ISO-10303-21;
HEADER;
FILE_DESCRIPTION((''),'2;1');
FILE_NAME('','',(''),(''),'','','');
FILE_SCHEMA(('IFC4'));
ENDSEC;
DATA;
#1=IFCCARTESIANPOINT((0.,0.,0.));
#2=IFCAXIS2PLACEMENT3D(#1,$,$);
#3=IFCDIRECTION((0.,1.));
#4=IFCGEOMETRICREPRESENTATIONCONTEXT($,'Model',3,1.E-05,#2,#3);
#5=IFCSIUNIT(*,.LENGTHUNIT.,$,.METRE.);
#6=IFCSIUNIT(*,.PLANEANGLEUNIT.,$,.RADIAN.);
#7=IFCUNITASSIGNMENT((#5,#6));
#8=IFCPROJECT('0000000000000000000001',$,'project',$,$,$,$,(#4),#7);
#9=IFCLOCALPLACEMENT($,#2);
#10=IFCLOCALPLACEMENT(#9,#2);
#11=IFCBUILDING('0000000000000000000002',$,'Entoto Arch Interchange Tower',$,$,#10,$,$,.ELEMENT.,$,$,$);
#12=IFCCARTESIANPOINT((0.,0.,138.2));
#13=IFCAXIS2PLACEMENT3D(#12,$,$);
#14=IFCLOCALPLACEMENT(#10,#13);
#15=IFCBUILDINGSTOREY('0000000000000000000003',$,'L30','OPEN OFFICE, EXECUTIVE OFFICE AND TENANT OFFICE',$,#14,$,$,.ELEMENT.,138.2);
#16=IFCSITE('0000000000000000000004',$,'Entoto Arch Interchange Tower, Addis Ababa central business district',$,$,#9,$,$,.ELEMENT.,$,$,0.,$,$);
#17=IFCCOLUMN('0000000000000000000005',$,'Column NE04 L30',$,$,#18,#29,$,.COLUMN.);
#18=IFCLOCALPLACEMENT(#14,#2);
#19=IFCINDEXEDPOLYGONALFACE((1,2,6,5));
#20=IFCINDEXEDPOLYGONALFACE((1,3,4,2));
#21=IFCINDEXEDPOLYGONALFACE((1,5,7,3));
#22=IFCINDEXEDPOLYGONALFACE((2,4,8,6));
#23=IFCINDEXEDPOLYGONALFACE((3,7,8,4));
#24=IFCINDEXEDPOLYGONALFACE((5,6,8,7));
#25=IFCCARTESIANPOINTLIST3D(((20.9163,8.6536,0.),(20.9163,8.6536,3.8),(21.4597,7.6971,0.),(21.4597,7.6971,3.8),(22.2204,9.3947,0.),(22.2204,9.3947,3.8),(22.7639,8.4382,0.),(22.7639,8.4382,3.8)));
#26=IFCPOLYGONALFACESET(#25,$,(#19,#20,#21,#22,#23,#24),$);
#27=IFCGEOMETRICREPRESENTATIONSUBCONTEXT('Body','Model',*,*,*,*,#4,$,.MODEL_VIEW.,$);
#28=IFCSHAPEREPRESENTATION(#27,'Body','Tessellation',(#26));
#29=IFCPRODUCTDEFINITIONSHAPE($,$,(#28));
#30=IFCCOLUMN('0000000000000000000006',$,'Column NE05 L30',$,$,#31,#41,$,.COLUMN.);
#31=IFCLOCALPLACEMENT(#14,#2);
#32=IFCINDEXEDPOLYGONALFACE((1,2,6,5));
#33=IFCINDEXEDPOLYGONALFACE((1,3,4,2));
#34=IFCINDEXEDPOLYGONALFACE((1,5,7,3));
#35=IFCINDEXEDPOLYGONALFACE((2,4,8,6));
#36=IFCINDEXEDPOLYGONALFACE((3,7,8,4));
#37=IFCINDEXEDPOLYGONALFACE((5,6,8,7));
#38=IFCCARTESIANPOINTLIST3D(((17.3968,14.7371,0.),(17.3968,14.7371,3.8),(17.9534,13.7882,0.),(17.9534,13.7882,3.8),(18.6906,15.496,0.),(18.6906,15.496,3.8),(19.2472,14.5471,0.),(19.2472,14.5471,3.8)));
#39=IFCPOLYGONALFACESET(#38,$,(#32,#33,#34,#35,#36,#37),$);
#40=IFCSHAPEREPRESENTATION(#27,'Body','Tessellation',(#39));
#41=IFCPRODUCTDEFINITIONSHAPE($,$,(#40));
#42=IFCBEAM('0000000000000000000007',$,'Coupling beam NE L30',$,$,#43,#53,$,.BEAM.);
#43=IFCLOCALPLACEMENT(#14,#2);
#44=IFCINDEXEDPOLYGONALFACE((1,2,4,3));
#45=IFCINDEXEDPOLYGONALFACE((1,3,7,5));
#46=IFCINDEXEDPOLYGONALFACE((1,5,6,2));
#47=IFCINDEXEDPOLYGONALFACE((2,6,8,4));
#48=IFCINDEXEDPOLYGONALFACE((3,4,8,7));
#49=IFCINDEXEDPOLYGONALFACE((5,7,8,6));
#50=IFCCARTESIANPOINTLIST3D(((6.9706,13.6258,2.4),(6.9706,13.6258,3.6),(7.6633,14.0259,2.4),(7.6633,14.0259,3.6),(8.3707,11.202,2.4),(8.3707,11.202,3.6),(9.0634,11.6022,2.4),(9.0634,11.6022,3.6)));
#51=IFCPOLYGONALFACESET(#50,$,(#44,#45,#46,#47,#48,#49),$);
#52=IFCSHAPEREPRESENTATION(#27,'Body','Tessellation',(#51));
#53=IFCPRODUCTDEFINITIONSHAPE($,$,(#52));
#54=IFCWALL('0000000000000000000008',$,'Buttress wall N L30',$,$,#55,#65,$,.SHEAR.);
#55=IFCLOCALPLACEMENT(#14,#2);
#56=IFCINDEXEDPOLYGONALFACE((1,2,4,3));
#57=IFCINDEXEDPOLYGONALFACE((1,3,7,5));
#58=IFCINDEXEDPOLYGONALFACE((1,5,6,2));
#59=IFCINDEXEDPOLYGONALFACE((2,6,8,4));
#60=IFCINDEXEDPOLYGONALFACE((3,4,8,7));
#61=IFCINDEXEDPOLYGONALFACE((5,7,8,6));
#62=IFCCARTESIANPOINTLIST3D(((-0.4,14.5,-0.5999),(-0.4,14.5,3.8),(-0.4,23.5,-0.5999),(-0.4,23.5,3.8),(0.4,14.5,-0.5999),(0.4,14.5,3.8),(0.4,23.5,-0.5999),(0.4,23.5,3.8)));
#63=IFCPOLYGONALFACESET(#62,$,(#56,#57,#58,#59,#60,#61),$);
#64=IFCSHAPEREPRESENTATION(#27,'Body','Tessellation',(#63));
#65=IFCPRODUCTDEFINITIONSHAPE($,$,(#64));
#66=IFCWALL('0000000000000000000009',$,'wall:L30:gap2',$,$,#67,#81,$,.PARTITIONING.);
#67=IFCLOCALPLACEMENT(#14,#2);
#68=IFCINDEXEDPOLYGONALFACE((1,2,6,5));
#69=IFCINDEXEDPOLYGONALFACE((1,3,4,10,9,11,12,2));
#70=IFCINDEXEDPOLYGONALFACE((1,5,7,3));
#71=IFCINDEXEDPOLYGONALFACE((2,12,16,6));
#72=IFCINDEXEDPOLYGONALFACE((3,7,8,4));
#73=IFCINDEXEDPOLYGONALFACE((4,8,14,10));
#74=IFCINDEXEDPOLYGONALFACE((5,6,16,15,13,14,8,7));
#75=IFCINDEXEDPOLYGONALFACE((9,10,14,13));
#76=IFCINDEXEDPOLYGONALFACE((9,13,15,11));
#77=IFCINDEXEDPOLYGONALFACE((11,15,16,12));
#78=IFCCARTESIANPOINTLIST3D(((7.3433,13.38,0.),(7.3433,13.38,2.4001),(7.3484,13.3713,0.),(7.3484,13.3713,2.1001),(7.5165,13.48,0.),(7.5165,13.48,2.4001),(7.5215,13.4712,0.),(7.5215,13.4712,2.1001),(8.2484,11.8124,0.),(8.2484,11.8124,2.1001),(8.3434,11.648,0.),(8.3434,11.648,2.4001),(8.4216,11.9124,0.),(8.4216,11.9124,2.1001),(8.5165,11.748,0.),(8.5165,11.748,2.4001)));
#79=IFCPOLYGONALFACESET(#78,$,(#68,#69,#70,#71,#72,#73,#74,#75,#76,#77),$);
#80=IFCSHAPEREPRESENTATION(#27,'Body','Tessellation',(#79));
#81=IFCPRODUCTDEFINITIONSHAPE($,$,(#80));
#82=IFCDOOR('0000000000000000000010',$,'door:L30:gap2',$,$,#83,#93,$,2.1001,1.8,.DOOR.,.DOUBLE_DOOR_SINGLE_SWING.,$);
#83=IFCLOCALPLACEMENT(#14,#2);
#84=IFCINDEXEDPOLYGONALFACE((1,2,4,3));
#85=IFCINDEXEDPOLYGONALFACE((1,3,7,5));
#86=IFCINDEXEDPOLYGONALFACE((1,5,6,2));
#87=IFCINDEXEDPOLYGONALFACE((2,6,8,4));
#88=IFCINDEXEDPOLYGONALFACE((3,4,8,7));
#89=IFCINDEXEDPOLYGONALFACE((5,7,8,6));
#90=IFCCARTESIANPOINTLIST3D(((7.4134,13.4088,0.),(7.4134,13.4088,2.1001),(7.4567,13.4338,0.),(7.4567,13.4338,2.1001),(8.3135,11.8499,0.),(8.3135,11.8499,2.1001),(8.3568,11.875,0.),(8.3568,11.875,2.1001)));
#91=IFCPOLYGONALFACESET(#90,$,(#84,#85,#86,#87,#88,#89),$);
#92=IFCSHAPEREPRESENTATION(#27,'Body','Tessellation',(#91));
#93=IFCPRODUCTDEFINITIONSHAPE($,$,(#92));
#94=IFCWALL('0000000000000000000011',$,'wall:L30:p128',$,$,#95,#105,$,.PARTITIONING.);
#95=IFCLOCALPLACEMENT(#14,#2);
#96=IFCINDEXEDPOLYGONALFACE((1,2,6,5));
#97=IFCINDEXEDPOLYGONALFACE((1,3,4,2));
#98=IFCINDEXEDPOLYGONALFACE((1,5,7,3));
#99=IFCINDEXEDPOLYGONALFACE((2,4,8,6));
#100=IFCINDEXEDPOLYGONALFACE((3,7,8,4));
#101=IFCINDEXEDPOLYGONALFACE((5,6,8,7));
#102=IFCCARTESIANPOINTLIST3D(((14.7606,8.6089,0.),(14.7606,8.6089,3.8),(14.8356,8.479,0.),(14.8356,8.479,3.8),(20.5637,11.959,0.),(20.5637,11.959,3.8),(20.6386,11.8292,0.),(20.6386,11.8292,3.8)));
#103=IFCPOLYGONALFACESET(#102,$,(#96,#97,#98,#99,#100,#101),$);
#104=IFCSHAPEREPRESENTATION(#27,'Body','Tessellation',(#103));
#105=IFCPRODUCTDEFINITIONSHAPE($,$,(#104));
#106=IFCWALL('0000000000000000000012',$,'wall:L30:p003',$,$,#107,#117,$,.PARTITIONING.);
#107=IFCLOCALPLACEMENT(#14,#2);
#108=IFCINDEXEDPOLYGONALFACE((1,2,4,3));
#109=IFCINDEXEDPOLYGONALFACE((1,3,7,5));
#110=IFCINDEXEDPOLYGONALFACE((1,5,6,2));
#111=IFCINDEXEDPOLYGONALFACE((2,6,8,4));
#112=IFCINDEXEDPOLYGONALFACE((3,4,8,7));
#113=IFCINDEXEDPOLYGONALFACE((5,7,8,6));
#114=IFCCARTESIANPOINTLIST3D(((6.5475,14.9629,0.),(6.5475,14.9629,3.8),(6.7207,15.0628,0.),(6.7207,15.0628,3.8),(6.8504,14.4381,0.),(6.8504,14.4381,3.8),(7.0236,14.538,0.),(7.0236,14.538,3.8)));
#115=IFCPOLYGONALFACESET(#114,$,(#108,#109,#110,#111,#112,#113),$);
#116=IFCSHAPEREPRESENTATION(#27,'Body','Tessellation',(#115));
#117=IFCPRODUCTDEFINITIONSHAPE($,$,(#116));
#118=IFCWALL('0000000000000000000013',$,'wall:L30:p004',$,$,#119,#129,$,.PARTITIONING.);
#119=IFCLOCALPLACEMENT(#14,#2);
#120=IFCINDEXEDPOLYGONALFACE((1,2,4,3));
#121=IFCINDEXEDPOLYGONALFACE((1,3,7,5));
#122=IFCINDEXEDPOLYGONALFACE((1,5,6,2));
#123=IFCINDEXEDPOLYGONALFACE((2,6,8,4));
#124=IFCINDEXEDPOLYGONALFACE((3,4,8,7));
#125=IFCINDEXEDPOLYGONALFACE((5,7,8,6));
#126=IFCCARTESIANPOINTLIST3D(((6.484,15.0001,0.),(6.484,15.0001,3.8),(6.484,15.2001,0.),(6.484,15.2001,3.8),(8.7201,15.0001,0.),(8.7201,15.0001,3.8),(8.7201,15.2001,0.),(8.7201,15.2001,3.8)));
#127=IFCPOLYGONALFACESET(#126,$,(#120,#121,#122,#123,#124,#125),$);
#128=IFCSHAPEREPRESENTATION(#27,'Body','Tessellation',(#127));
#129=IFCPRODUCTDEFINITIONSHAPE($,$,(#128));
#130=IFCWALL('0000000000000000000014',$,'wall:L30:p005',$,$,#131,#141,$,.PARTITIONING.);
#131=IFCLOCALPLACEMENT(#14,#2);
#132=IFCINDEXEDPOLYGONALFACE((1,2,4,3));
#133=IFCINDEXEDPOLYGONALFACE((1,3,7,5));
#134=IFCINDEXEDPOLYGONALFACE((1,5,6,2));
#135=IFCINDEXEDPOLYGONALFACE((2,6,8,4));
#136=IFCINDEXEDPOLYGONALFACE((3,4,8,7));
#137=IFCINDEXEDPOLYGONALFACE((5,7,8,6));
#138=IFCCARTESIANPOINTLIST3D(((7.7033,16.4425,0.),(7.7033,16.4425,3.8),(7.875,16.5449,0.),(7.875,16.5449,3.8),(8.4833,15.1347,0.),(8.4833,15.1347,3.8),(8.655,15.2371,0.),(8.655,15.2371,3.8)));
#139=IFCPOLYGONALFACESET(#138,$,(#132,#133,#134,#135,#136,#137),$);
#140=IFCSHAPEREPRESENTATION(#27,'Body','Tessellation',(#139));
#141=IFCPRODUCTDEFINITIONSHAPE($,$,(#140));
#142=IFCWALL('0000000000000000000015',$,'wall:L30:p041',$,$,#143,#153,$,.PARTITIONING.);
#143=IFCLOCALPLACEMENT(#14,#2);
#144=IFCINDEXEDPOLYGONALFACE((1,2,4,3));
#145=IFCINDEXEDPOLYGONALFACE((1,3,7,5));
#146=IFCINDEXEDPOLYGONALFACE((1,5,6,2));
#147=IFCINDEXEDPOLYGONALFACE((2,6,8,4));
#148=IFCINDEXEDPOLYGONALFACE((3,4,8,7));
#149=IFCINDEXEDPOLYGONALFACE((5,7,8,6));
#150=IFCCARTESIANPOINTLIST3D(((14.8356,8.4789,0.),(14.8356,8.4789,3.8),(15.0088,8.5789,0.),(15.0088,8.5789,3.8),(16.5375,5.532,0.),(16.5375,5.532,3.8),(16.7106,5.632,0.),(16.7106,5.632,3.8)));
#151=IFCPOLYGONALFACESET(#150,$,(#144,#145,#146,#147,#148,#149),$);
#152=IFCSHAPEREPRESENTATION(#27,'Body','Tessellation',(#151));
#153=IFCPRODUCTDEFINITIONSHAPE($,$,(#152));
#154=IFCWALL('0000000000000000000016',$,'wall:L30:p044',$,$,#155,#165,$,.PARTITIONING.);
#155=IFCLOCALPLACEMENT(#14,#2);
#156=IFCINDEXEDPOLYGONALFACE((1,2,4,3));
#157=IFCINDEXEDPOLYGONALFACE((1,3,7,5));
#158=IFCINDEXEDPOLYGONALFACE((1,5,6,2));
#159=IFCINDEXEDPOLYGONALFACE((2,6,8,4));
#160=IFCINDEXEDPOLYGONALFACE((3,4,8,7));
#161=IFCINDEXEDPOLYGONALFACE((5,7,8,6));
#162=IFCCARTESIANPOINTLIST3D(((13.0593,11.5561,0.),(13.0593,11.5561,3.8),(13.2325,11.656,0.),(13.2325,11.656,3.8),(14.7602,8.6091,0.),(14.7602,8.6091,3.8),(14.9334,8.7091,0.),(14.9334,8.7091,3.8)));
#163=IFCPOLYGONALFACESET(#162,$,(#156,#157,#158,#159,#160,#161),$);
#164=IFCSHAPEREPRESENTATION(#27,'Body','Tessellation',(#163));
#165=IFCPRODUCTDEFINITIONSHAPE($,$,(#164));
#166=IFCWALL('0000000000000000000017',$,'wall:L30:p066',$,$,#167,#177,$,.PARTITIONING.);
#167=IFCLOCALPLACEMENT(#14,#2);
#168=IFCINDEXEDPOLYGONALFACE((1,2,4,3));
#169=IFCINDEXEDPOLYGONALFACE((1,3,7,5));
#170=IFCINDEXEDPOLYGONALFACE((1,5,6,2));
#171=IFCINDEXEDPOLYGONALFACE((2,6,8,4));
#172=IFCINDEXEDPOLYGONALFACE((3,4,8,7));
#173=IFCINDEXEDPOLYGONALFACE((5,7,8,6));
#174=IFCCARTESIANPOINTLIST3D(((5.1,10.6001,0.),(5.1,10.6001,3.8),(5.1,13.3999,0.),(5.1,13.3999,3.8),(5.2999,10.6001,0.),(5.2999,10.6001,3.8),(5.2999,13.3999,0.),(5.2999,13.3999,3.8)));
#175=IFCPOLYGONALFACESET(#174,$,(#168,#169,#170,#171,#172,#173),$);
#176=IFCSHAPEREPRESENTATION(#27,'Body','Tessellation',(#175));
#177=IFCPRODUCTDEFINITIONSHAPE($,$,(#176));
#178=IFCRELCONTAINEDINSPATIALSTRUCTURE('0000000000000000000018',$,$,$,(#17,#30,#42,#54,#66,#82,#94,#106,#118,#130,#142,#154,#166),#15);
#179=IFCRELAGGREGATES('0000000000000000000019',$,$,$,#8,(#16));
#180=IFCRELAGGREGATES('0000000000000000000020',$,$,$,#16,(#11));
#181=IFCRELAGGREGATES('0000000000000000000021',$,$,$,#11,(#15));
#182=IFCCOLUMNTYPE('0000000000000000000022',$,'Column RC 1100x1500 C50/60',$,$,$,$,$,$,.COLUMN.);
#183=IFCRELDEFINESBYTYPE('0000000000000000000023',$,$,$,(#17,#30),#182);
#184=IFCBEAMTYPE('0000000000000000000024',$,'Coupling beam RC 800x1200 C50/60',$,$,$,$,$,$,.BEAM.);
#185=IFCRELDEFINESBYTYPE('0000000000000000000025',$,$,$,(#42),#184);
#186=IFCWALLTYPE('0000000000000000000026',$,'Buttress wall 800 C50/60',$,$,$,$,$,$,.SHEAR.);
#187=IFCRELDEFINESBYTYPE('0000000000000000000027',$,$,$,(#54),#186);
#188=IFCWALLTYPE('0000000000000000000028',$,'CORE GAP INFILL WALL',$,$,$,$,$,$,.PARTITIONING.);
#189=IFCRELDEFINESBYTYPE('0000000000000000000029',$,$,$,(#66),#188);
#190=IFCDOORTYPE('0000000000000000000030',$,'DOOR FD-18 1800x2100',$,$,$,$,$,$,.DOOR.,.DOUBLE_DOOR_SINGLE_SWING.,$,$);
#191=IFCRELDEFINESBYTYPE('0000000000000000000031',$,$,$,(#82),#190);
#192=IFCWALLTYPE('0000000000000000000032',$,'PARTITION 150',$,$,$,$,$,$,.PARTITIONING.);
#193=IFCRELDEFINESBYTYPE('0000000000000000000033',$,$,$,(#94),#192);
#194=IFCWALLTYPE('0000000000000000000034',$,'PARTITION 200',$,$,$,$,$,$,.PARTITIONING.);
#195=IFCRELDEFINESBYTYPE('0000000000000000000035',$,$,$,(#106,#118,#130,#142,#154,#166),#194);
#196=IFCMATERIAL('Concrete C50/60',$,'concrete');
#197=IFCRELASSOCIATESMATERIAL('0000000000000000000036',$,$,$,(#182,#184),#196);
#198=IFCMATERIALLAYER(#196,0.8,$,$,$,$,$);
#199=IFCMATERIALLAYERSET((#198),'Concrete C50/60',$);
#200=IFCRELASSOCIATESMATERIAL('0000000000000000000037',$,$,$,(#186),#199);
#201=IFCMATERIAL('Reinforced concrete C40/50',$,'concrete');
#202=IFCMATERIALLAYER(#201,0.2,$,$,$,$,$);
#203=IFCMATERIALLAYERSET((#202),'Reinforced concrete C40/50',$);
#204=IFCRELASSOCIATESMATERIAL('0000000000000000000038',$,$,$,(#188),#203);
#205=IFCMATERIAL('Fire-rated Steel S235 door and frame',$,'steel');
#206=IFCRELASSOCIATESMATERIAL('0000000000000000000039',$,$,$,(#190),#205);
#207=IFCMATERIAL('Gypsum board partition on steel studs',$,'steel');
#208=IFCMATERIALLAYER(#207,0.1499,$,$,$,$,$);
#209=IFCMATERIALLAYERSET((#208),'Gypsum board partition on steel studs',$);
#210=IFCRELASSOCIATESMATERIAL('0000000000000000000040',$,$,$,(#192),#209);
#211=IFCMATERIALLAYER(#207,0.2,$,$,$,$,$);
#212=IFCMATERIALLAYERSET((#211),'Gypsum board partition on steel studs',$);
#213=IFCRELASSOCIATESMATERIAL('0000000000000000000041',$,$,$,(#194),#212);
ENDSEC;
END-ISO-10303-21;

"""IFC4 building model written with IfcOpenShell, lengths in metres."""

from ifc_helpers import new_model, si_unit, direction, frame, frame_2d, origin, origin_2d, place, context, subcontext, project, spatial, rectangle, extrude, material, layer, layer_set, material_profile, profile_set, type_object, element, fill, save


model = new_model("IFC4")

# Units and contexts
model_context = context("Model", 3, precision=1e-05, world=origin(), true_north=direction((0.0, 1.0)))
body_context = subcontext(model_context, "Body", "Model", "MODEL_VIEW")
ifc_project = project(units=[si_unit("LENGTHUNIT", "METRE"), si_unit("PLANEANGLEUNIT", "RADIAN")], contexts=[model_context])

# Site, building, storey
site_placement = place(None, origin())
site = spatial("IfcSite", under=ifc_project, at=site_placement, Name="Entoto Arch Interchange Tower, Addis Ababa central business district", CompositionType="ELEMENT", RefElevation=0.0)
building_placement = place(site_placement, origin())
building = spatial("IfcBuilding", under=site, at=building_placement, Name="Entoto Arch Interchange Tower", CompositionType="ELEMENT")
storey_placement = place(building_placement, frame((0.0, 0.0, 138.2)))
storey = spatial("IfcBuildingStorey", under=building, at=storey_placement, Name="L30", Description="OPEN OFFICE, EXECUTIVE OFFICE AND TENANT OFFICE", CompositionType="ELEMENT", Elevation=138.2)

# Columns
ifc_material_1 = material(Name="Concrete C50/60", Category="concrete")
ifc_material_profile_1 = material_profile(ifc_material_1, rectangle(XDim=1.1001, YDim=1.5, at=origin_2d()))
ifc_profile_set_1 = profile_set([ifc_material_profile_1], Name="Concrete C50/60")
column_type = type_object("IfcColumnType", Name="Column RC 1100x1500 C50/60", PredefinedType="COLUMN", material=ifc_profile_set_1)
for number, where, z_axis, x_axis, name in (
    (1, (21.8401, 8.5459, 0.0), (0.0, 0.0, 1.0), (-0.494018, 0.869452, 0.0), "Column NE04 L30"),
    (2, (18.322, 14.6421, 0.0), (0.0, 0.0, 1.0), (-0.505958, 0.862558, 0.0), "Column NE05 L30"),
):
    element("IfcColumn", number, at=place(storey_placement, frame(where, z_axis=z_axis, x_axis=x_axis)), inside=storey, type_object=column_type, Name=name, PredefinedType="COLUMN", context=body_context, shape_type="SweptSolid", body=[
        extrude(rectangle(XDim=1.1001, YDim=1.5, at=origin_2d()), origin(), (0.0, 0.0, 1.0), 3.8),
    ])

# Beam
ifc_material_profile_2 = material_profile(ifc_material_1, rectangle(XDim=0.8, YDim=1.2, at=origin_2d()))
ifc_profile_set_2 = profile_set([ifc_material_profile_2], Name="Concrete C50/60")
beam_type = type_object("IfcBeamType", Name="Coupling beam RC 800x1200 C50/60", PredefinedType="BEAM", material=ifc_profile_set_2)
beam_placement = place(storey_placement, frame((8.717, 11.4021, 3.0), z_axis=(-0.500201, 0.86591, 0.0), x_axis=(-0.86591, -0.500201, 0.0)))
element("IfcBeam", 3, at=beam_placement, inside=storey, type_object=beam_type, Name="Coupling beam NE L30", PredefinedType="BEAM", context=body_context, shape_type="SweptSolid", body=[
    extrude(rectangle(XDim=0.8, YDim=1.2, at=origin_2d()), origin(), (0.0, 0.0, 1.0), 2.7991),
])

# Wall
ifc_layer_1 = layer(ifc_material_1, 0.8)
ifc_layer_set_1 = layer_set([ifc_layer_1], Name="Concrete C50/60")
wall_type_1 = type_object("IfcWallType", Name="Buttress wall 800 C50/60", PredefinedType="SHEAR", material=ifc_layer_set_1)
wall_1_placement = place(storey_placement, frame((0.0, 14.5, -0.5999), z_axis=(0.0, 0.0, 1.0), x_axis=(0.0, 1.0, 0.0)))
element("IfcWall", 4, at=wall_1_placement, inside=storey, type_object=wall_type_1, Name="Buttress wall N L30", PredefinedType="SHEAR", context=body_context, shape_type="SweptSolid", body=[
    extrude(rectangle(XDim=9.0, YDim=0.8, at=frame_2d((4.5, 0.0))), origin(), (0.0, 0.0, 1.0), 4.3999),
])

# Wall, opening, door
ifc_material_2 = material(Name="Reinforced concrete C40/50", Category="concrete")
ifc_layer_2 = layer(ifc_material_2, 0.2)
ifc_layer_set_2 = layer_set([ifc_layer_2], Name="Reinforced concrete C40/50")
wall_type_2 = type_object("IfcWallType", Name="CORE GAP INFILL WALL", PredefinedType="PARTITIONING", material=ifc_layer_set_2)
wall_2_placement = place(storey_placement, frame((8.4299, 11.698, 0.0), z_axis=(0.0, 0.0, 1.0), x_axis=(-0.500025, 0.866011, 0.0)))
wall_2 = element("IfcWall", 5, at=wall_2_placement, inside=storey, type_object=wall_type_2, Name="wall:L30:gap2", PredefinedType="PARTITIONING", context=body_context, shape_type="SweptSolid", body=[
    extrude(rectangle(XDim=2.0, YDim=0.2, at=frame_2d((1.0, 0.0))), origin(), (0.0, 0.0, 1.0), 2.4001),
])
opening_1_placement = place(wall_2_placement, frame((0.1899, 0.0, 0.0)))
opening_1 = element("IfcOpeningElement", 6, at=opening_1_placement, cuts=wall_2, PredefinedType="OPENING", context=body_context, shape_type="SweptSolid", body=[
    extrude(rectangle(XDim=1.8, YDim=2.1001, at=frame_2d((0.8999, 1.05))), frame((0.0, 0.1099, 0.0), z_axis=(0.0, -1.0, 0.0), x_axis=(1.0, 0.0, 0.0)), (0.0, 0.0, 1.0), 0.22),
])
ifc_material_3 = material(Name="Fire-rated Steel S235 door and frame", Category="steel")
door_type_1 = type_object("IfcDoorType", Name="DOOR FD-18 1800x2100", OperationType="DOUBLE_DOOR_SINGLE_SWING", PredefinedType="DOOR", material=ifc_material_3)
door_1_placement = place(opening_1_placement, origin())
door_1 = element("IfcDoor", 7, at=door_1_placement, inside=storey, type_object=door_type_1, Name="door:L30:gap2", OperationType="DOUBLE_DOOR_SINGLE_SWING", OverallHeight=2.1001, OverallWidth=1.8, PredefinedType="DOOR", context=body_context, shape_type="SweptSolid", body=[
    extrude(rectangle(XDim=1.8, YDim=2.1001, at=frame_2d((0.8999, 1.05))), frame((0.0, 0.0249, 0.0), z_axis=(0.0, -1.0, 0.0), x_axis=(1.0, 0.0, 0.0)), (0.0, 0.0, 1.0), 0.05),
])
fill(opening_1, door_1)

# Walls
ifc_material_4 = material(Name="Gypsum board partition on steel studs", Category="steel")
ifc_layer_3 = layer(ifc_material_4, 0.1499)
ifc_layer_set_3 = layer_set([ifc_layer_3], Name="Gypsum board partition on steel studs")
wall_type_3 = type_object("IfcWallType", Name="PARTITION 150", PredefinedType="PARTITIONING", material=ifc_layer_set_3)
wall_3_placement = place(storey_placement, frame((14.7981, 8.5439, 0.0), z_axis=(0.0, 0.0, 1.0), x_axis=(0.866042, 0.499972, 0.0)))
element("IfcWall", 8, at=wall_3_placement, inside=storey, type_object=wall_type_3, Name="wall:L30:p128", PredefinedType="PARTITIONING", context=body_context, shape_type="SweptSolid", body=[
    extrude(rectangle(XDim=6.7007, YDim=0.1499, at=frame_2d((3.3503, 0.0))), origin(), (0.0, 0.0, 1.0), 3.8),
])
ifc_layer_4 = layer(ifc_material_4, 0.2)
ifc_layer_set_4 = layer_set([ifc_layer_4], Name="Gypsum board partition on steel studs")
wall_type_4 = type_object("IfcWallType", Name="PARTITION 200", PredefinedType="PARTITIONING", material=ifc_layer_set_4)
wall_4_placement = place(storey_placement, frame((6.937, 14.488, 0.0), z_axis=(0.0, 0.0, 1.0), x_axis=(-0.499908, 0.866078, 0.0)))
element("IfcWall", 9, at=wall_4_placement, inside=storey, type_object=wall_type_4, Name="wall:L30:p003", PredefinedType="PARTITIONING", context=body_context, shape_type="SweptSolid", body=[
    extrude(rectangle(XDim=0.606, YDim=0.2, at=frame_2d((0.303, 0.0))), origin(), (0.0, 0.0, 1.0), 3.8),
])
wall_5_placement = place(storey_placement, frame((6.4839, 15.1001, 0.0), z_axis=(0.0, 0.0, 1.0), x_axis=(1.0, 0.0, 0.0)))
element("IfcWall", 10, at=wall_5_placement, inside=storey, type_object=wall_type_4, Name="wall:L30:p004", PredefinedType="PARTITIONING", context=body_context, shape_type="SweptSolid", body=[
    extrude(rectangle(XDim=2.2361, YDim=0.2, at=frame_2d((1.1182, 0.0))), origin(), (0.0, 0.0, 1.0), 3.8),
])
wall_6_placement = place(storey_placement, frame((8.5691, 15.186, 0.0), z_axis=(0.0, 0.0, 1.0), x_axis=(-0.512231, 0.858848, 0.0)))
element("IfcWall", 11, at=wall_6_placement, inside=storey, type_object=wall_type_4, Name="wall:L30:p005", PredefinedType="PARTITIONING", context=body_context, shape_type="SweptSolid", body=[
    extrude(rectangle(XDim=1.5227, YDim=0.2, at=frame_2d((0.7612, 0.0))), origin(), (0.0, 0.0, 1.0), 3.8),
])
wall_7_placement = place(storey_placement, frame((14.9221, 8.5291, 0.0), z_axis=(0.0, 0.0, 1.0), x_axis=(0.500097, -0.865969, 0.0)))
element("IfcWall", 12, at=wall_7_placement, inside=storey, type_object=wall_type_4, Name="wall:L30:p041", PredefinedType="PARTITIONING", context=body_context, shape_type="SweptSolid", body=[
    extrude(rectangle(XDim=3.4031, YDim=0.2, at=frame_2d((1.7017, 0.0))), origin(), (0.0, 0.0, 1.0), 3.8),
])
wall_8_placement = place(storey_placement, frame((13.146, 11.606, 0.0), z_axis=(0.0, 0.0, 1.0), x_axis=(0.499882, -0.866094, 0.0)))
element("IfcWall", 13, at=wall_8_placement, inside=storey, type_object=wall_type_4, Name="wall:L30:p044", PredefinedType="PARTITIONING", context=body_context, shape_type="SweptSolid", body=[
    extrude(rectangle(XDim=3.4026, YDim=0.2, at=frame_2d((1.7012, 0.0))), origin(), (0.0, 0.0, 1.0), 3.8),
])
wall_9_placement = place(storey_placement, frame((5.2, 13.3999, 0.0), z_axis=(0.0, 0.0, 1.0), x_axis=(0.0, -1.0, 0.0)))
element("IfcWall", 14, at=wall_9_placement, inside=storey, type_object=wall_type_4, Name="wall:L30:p066", PredefinedType="PARTITIONING", context=body_context, shape_type="SweptSolid", body=[
    extrude(rectangle(XDim=2.7998, YDim=0.2, at=frame_2d((1.3999, 0.0))), origin(), (0.0, 0.0, 1.0), 3.8),
])

save(model, "model.ifc")
